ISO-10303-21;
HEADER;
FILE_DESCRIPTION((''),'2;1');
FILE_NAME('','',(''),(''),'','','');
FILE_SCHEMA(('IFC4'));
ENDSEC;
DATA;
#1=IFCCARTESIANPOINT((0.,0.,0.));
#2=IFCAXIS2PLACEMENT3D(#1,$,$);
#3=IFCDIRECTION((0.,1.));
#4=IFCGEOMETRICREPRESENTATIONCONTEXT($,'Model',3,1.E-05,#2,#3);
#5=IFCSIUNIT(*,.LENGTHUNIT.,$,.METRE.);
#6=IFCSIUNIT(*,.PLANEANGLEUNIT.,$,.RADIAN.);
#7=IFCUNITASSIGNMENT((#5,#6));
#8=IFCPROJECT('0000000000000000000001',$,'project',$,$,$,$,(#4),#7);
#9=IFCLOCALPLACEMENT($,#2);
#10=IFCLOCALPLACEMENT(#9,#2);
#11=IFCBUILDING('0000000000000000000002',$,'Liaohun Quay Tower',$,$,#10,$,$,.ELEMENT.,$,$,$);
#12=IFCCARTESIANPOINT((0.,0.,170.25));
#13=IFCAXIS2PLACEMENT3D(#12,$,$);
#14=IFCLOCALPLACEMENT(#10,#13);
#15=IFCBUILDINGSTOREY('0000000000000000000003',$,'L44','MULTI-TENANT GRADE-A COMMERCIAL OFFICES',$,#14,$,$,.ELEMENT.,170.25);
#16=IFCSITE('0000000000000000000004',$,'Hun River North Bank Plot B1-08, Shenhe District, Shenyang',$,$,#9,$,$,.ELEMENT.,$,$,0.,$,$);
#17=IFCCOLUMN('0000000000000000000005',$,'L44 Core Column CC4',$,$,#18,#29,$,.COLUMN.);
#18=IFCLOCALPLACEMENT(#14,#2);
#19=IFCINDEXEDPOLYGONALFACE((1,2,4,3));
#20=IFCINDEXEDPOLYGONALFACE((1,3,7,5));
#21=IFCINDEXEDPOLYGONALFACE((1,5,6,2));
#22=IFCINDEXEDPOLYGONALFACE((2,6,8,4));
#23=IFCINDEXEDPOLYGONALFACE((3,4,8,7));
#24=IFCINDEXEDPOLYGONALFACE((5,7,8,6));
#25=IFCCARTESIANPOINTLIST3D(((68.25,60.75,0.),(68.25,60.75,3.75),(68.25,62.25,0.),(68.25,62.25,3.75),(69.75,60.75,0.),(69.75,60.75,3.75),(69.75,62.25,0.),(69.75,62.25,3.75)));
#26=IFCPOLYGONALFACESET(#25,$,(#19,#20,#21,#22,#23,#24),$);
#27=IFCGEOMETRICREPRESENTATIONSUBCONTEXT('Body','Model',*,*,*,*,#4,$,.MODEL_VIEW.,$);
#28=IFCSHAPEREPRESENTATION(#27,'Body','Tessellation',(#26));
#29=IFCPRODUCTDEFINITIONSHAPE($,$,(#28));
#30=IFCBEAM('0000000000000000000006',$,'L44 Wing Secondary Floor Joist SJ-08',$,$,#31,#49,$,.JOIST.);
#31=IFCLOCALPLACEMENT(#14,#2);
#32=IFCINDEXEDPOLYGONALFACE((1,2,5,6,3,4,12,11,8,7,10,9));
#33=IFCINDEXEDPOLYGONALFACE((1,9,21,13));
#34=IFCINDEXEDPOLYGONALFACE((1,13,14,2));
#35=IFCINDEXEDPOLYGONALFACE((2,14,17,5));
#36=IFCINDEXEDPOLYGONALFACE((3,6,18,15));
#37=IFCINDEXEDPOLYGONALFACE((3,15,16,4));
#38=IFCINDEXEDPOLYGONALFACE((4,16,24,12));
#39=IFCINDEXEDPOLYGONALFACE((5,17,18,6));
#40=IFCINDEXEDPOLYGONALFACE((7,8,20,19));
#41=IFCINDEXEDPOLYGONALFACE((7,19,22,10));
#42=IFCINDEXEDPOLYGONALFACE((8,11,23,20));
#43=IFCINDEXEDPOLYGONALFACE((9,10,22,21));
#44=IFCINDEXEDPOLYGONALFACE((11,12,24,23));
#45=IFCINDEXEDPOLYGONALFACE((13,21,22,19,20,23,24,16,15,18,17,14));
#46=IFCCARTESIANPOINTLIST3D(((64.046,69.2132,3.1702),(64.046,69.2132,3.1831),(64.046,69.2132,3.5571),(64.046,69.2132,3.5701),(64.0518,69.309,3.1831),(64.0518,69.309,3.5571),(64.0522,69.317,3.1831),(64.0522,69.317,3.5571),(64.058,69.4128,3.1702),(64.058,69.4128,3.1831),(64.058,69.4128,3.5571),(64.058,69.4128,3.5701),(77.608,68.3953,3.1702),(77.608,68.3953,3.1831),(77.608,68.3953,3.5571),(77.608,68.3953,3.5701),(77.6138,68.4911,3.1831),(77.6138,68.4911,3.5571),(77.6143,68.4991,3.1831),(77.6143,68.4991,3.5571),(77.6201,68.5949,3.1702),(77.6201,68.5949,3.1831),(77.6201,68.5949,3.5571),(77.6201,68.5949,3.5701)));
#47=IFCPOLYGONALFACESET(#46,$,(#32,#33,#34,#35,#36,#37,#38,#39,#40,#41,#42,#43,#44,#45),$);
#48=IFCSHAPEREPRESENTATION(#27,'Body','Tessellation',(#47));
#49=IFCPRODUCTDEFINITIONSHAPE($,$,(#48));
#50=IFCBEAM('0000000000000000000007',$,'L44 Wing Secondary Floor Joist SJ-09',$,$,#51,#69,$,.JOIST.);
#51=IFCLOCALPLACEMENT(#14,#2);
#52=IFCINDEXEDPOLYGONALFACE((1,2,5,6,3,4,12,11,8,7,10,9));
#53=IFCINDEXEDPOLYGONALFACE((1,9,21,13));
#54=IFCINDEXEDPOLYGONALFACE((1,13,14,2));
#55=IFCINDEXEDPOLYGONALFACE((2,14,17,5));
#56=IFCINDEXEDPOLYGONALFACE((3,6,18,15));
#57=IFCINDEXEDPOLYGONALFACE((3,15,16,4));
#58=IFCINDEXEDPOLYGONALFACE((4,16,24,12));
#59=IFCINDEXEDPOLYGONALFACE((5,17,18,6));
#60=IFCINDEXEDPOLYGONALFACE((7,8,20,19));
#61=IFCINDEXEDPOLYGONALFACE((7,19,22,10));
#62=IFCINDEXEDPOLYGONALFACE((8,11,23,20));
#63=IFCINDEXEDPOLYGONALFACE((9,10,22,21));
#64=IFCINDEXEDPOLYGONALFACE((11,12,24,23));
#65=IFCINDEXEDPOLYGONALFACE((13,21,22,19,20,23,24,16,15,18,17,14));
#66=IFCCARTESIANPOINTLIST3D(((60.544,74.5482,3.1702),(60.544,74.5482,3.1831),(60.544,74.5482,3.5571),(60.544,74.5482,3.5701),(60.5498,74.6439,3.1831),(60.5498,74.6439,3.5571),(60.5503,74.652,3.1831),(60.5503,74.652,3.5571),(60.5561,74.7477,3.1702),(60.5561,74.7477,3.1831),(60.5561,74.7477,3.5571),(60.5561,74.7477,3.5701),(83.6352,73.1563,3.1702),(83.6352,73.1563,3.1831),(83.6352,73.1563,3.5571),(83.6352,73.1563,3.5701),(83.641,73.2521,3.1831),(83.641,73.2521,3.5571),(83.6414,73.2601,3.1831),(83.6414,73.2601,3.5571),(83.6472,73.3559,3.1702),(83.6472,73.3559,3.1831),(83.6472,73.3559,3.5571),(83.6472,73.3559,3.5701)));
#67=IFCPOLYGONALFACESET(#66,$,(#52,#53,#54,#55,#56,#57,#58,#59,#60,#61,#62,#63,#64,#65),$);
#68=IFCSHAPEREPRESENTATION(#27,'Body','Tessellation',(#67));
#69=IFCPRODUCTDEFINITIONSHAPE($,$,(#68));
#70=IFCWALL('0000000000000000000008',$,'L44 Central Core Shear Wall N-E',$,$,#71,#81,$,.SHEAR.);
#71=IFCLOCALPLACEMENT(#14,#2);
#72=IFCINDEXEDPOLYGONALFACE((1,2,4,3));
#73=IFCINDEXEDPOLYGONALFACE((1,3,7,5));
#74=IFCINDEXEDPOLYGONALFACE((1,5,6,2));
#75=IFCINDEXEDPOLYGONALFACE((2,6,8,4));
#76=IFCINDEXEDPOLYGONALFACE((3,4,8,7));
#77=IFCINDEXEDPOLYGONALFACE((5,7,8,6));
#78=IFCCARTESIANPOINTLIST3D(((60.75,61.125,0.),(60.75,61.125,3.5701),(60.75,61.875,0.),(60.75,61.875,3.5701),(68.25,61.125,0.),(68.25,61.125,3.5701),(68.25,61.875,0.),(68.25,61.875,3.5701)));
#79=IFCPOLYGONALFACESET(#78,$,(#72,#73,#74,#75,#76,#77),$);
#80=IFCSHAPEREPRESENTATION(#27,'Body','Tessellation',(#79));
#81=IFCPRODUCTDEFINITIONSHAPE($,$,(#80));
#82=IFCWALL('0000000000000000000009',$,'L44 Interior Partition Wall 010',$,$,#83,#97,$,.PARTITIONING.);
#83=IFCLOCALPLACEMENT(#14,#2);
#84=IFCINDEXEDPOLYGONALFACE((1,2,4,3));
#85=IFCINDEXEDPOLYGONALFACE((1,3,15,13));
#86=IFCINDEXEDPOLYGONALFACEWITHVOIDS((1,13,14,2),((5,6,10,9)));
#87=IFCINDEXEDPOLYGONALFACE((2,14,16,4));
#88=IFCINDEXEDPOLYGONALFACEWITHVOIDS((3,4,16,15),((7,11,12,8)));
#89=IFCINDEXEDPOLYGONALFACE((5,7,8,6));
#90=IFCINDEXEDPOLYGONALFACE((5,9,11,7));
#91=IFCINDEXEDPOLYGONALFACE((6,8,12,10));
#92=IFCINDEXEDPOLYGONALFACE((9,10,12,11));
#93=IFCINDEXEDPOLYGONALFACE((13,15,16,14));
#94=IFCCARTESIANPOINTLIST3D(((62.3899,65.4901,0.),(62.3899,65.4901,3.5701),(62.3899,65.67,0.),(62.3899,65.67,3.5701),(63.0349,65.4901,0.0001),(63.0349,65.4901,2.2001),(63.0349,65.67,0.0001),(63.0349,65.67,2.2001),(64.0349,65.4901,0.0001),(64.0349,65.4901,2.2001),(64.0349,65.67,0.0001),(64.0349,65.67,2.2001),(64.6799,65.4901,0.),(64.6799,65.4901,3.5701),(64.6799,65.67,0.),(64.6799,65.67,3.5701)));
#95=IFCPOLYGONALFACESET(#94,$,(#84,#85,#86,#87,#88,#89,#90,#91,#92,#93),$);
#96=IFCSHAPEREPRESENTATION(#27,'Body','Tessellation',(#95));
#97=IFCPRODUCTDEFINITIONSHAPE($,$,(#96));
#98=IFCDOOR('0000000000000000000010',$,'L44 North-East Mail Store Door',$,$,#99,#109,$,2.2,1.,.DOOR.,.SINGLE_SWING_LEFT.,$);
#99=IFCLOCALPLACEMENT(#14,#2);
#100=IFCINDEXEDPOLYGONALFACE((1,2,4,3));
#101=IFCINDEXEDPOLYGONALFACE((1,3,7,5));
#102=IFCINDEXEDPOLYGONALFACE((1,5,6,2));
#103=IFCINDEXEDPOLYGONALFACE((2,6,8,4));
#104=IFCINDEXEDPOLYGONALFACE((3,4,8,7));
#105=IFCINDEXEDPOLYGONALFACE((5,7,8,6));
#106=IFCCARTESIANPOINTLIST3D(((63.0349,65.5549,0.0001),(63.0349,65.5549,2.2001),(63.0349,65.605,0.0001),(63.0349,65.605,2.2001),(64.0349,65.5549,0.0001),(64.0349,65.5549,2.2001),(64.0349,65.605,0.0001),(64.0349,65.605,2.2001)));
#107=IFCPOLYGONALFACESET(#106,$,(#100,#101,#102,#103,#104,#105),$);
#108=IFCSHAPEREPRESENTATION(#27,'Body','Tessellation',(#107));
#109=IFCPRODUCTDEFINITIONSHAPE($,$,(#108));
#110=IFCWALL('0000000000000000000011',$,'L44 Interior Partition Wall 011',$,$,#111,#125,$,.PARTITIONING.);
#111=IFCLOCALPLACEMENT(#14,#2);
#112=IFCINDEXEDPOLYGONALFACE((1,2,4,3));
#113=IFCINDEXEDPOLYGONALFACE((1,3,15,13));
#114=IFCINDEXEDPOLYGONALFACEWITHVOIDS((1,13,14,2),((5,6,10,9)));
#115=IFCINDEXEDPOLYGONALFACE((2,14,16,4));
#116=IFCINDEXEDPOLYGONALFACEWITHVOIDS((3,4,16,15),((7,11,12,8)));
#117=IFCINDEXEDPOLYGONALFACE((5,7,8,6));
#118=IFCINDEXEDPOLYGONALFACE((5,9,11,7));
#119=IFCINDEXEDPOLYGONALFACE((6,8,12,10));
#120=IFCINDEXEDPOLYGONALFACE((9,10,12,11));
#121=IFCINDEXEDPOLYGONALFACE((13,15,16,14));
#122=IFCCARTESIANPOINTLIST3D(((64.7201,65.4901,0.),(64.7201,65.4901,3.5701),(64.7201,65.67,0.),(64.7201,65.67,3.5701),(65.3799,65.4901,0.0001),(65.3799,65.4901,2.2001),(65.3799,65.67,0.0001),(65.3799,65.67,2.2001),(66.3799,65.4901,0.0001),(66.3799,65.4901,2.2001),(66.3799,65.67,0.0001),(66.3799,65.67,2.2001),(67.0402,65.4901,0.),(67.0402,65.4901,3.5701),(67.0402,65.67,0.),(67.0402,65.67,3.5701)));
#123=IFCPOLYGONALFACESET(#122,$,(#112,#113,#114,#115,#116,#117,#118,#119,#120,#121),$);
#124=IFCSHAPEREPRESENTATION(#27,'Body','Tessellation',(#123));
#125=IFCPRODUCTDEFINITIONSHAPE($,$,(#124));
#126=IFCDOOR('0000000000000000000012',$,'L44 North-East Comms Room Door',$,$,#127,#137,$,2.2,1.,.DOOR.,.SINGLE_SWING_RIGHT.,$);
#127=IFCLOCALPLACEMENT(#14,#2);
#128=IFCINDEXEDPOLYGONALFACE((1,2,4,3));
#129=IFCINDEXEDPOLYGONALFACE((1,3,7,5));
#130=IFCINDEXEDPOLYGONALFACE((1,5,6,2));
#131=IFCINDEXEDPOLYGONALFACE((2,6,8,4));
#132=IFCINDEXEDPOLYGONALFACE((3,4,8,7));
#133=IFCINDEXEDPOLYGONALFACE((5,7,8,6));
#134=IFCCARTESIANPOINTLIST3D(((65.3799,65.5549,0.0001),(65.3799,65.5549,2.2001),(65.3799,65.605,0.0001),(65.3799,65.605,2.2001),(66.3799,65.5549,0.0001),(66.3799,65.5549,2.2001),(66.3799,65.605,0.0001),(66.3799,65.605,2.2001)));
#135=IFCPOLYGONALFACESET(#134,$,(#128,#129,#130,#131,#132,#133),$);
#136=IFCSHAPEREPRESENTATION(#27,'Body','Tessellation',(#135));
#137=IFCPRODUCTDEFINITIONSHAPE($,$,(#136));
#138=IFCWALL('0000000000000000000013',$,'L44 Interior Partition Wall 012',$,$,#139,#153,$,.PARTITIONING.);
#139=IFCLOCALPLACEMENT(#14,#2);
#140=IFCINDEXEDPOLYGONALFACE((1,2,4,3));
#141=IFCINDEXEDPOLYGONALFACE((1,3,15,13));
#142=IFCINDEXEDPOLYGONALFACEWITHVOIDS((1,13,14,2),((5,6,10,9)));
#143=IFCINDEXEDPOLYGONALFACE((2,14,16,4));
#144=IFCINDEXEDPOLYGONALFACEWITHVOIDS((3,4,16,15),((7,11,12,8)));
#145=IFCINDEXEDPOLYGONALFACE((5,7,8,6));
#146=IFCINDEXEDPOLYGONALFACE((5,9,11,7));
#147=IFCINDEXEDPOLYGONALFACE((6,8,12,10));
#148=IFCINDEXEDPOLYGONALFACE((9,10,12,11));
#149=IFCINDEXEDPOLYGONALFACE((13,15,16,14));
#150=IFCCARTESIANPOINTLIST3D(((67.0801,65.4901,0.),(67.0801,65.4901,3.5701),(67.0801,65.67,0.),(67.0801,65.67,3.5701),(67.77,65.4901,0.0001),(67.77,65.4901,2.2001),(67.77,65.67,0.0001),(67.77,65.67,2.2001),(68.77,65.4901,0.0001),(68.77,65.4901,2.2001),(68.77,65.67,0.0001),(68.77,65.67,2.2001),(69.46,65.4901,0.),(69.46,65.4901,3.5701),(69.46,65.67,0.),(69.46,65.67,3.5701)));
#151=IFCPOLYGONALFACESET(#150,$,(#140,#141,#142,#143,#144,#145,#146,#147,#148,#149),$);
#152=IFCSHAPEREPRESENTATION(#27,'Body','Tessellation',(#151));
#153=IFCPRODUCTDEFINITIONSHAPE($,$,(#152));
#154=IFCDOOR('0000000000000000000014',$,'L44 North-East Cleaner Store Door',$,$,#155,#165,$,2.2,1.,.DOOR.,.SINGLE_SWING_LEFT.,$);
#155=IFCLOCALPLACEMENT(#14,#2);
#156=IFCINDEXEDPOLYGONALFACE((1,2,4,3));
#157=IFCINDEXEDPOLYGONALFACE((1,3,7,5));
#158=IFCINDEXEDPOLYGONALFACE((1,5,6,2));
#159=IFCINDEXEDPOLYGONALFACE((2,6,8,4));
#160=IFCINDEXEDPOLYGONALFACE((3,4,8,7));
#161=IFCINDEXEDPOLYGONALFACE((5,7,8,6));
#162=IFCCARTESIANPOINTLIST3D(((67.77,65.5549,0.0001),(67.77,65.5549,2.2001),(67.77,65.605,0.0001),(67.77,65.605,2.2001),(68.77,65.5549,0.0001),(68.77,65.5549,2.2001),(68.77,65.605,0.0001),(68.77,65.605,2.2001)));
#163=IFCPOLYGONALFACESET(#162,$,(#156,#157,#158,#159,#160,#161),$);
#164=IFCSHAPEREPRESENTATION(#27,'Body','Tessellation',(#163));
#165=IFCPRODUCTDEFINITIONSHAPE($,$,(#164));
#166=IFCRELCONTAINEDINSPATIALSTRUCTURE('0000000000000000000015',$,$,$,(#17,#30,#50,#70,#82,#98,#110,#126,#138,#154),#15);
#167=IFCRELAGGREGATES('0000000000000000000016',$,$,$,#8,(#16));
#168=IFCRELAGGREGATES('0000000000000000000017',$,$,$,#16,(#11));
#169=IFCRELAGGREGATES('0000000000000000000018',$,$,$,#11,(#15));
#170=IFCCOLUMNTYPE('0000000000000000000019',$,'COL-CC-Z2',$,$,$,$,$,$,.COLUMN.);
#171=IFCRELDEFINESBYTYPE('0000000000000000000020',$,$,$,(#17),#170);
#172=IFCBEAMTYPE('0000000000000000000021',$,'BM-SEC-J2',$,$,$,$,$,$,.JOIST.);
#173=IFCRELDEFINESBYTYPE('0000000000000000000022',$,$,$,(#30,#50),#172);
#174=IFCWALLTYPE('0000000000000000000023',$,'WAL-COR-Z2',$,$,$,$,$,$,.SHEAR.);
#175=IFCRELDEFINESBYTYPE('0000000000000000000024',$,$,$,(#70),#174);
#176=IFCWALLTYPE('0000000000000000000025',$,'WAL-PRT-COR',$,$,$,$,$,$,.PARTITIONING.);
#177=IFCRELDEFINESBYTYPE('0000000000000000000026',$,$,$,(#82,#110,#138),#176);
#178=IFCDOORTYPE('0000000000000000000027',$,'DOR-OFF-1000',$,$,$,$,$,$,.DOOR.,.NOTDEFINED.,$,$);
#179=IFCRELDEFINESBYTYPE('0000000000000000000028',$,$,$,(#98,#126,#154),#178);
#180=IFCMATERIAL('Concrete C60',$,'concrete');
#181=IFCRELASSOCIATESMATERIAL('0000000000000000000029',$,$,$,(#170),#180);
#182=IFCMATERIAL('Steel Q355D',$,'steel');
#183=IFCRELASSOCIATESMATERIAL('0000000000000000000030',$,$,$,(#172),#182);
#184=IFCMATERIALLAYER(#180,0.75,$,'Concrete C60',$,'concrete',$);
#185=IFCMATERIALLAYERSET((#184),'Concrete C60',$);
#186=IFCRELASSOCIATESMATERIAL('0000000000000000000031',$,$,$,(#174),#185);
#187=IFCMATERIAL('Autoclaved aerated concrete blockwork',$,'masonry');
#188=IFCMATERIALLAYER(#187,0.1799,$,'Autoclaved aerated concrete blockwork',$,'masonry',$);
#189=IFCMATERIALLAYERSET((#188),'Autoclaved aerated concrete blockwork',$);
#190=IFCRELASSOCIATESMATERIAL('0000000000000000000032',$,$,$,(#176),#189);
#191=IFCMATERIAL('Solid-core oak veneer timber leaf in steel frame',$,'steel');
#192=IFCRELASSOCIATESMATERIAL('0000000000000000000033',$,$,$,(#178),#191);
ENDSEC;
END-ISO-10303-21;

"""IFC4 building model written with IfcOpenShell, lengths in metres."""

from ifc_helpers import new_model, si_unit, direction, frame, frame_2d, origin, origin_2d, place, context, subcontext, project, spatial, rectangle, i_section, extrude, source, transform, mapped, material, layer, layer_set, material_profile, profile_set, type_object, element, fill, save


model = new_model("IFC4")

# Units and contexts
model_context = context("Model", 3, precision=1e-05, world=origin(), true_north=direction((0.0, 1.0)))
body_context = subcontext(model_context, "Body", "Model", "MODEL_VIEW")
ifc_project = project(units=[si_unit("LENGTHUNIT", "METRE"), si_unit("PLANEANGLEUNIT", "RADIAN")], contexts=[model_context])

# Site, building, storey
site_placement = place(None, origin())
site = spatial("IfcSite", under=ifc_project, at=site_placement, Name="Hun River North Bank Plot B1-08, Shenhe District, Shenyang", CompositionType="ELEMENT", RefElevation=0.0)
building_placement = place(site_placement, origin())
building = spatial("IfcBuilding", under=site, at=building_placement, Name="Liaohun Quay Tower", CompositionType="ELEMENT")
storey_placement = place(building_placement, frame((0.0, 0.0, 170.25)))
storey = spatial("IfcBuildingStorey", under=building, at=storey_placement, Name="L44", Description="MULTI-TENANT GRADE-A COMMERCIAL OFFICES", CompositionType="ELEMENT", Elevation=170.25)

# Column
ifc_material_1 = material(Name="Concrete C60", Category="concrete")
ifc_material_profile_1 = material_profile(ifc_material_1, rectangle(XDim=1.5, YDim=1.5, at=origin_2d()), Name="RC1500x1500")
ifc_profile_set_1 = profile_set([ifc_material_profile_1], Name="Concrete C60")
column_type = type_object("IfcColumnType", Name="COL-CC-Z2", PredefinedType="COLUMN", material=ifc_profile_set_1)
shared_shape_1 = source(origin(), body_context, "Body", "SweptSolid", [
    extrude(rectangle(XDim=1.5, YDim=1.5, at=origin_2d()), origin(), (0.0, 0.0, 1.0), 3.75),
])
column_placement = place(storey_placement, frame((69.0, 61.5, 0.0), z_axis=(0.0, 0.0, 1.0), x_axis=(1.0, 0.0, 0.0)))
element("IfcColumn", 1, at=column_placement, inside=storey, type_object=column_type, Name="L44 Core Column CC4", PredefinedType="COLUMN", context=body_context, shape_type="MappedRepresentation", body=[
    mapped(shared_shape_1, transform((0.0, 0.0, 0.0), x_axis=(1.0, 0.0, 0.0), y_axis=(0.0, 1.0, 0.0), z_axis=(0.0, 0.0, 1.0), scale=1.0)),
])

# Beams
ifc_material_2 = material(Name="Steel Q355D", Category="steel")
ifc_material_profile_2 = material_profile(ifc_material_2, i_section(OverallWidth=0.2, OverallDepth=0.3999, WebThickness=0.0081, FlangeThickness=0.0129, at=origin_2d()), Name="HN400x200x8x13")
ifc_profile_set_2 = profile_set([ifc_material_profile_2], Name="Steel Q355D")
beam_type = type_object("IfcBeamType", Name="BM-SEC-J2", PredefinedType="JOIST", material=ifc_profile_set_2)
shared_shape_2 = source(origin(), body_context, "Body", "SweptSolid", [
    extrude(i_section(OverallWidth=0.2, OverallDepth=0.3999, WebThickness=0.0081, FlangeThickness=0.0129, at=origin_2d()), origin(), (0.0, 0.0, 1.0), 13.5867),
])
beam_1_placement = place(storey_placement, frame((64.052, 69.313, 3.3701), z_axis=(0.998187, -0.060197, 0.0), x_axis=(0.060197, 0.998187, 0.0)))
element("IfcBeam", 2, at=beam_1_placement, inside=storey, type_object=beam_type, Name="L44 Wing Secondary Floor Joist SJ-08", PredefinedType="JOIST", context=body_context, shape_type="MappedRepresentation", body=[
    mapped(shared_shape_2, transform((0.0, 0.0, 0.0), x_axis=(1.0, 0.0, 0.0), y_axis=(0.0, 1.0, 0.0), z_axis=(0.0, 0.0, 1.0), scale=1.0)),
])
shared_shape_3 = source(origin(), body_context, "Body", "SweptSolid", [
    extrude(i_section(OverallWidth=0.2, OverallDepth=0.3999, WebThickness=0.0081, FlangeThickness=0.0129, at=origin_2d()), origin(), (0.0, 0.0, 1.0), 23.1331),
])
beam_2_placement = place(storey_placement, frame((60.55, 74.6479, 3.3701), z_axis=(0.998188, -0.060167, 0.0), x_axis=(0.060167, 0.998188, 0.0)))
element("IfcBeam", 3, at=beam_2_placement, inside=storey, type_object=beam_type, Name="L44 Wing Secondary Floor Joist SJ-09", PredefinedType="JOIST", context=body_context, shape_type="MappedRepresentation", body=[
    mapped(shared_shape_3, transform((0.0, 0.0, 0.0), x_axis=(1.0, 0.0, 0.0), y_axis=(0.0, 1.0, 0.0), z_axis=(0.0, 0.0, 1.0), scale=1.0)),
])

# Wall
ifc_layer_1 = layer(ifc_material_1, 0.75, Name="Concrete C60", Category="concrete")
ifc_layer_set_1 = layer_set([ifc_layer_1], Name="Concrete C60")
wall_type_1 = type_object("IfcWallType", Name="WAL-COR-Z2", PredefinedType="SHEAR", material=ifc_layer_set_1)
wall_1_placement = place(storey_placement, frame((60.75, 61.5, 0.0), z_axis=(0.0, 0.0, 1.0), x_axis=(1.0, 0.0, 0.0)))
element("IfcWall", 4, at=wall_1_placement, inside=storey, type_object=wall_type_1, Name="L44 Central Core Shear Wall N-E", PredefinedType="SHEAR", context=body_context, shape_type="SweptSolid", body=[
    extrude(rectangle(XDim=7.5, YDim=0.75, at=frame_2d((3.75, 0.0))), origin(), (0.0, 0.0, 1.0), 3.5701),
])

# Walls, openings, doors
ifc_material_3 = material(Name="Autoclaved aerated concrete blockwork", Category="masonry")
ifc_layer_2 = layer(ifc_material_3, 0.1799, Name="Autoclaved aerated concrete blockwork", Category="masonry")
ifc_layer_set_2 = layer_set([ifc_layer_2], Name="Autoclaved aerated concrete blockwork")
wall_type_2 = type_object("IfcWallType", Name="WAL-PRT-COR", PredefinedType="PARTITIONING", material=ifc_layer_set_2)
wall_2_placement = place(storey_placement, frame((62.3899, 65.5801, 0.0), z_axis=(0.0, 0.0, 1.0), x_axis=(1.0, 0.0, 0.0)))
wall_2 = element("IfcWall", 5, at=wall_2_placement, inside=storey, type_object=wall_type_2, Name="L44 Interior Partition Wall 010", PredefinedType="PARTITIONING", context=body_context, shape_type="SweptSolid", body=[
    extrude(rectangle(XDim=2.29, YDim=0.1799, at=frame_2d((1.145, 0.0))), origin(), (0.0, 0.0, 1.0), 3.5701),
])
shared_shape_4 = source(origin(), body_context, "Body", "SweptSolid", [
    extrude(rectangle(XDim=1.0, YDim=2.2, at=frame_2d((0.5, 1.1001))), frame((0.0, 0.0999, 0.0), z_axis=(0.0, -1.0, 0.0), x_axis=(1.0, 0.0, 0.0)), (0.0, 0.0, 1.0), 0.2),
])
opening_1_placement = place(wall_2_placement, frame((0.645, 0.0, 0.0)))
opening_1 = element("IfcOpeningElement", 6, at=opening_1_placement, cuts=wall_2, PredefinedType="OPENING", context=body_context, shape_type="MappedRepresentation", body=[
    mapped(shared_shape_4, transform((0.0, 0.0, 0.0), x_axis=(1.0, 0.0, 0.0), y_axis=(0.0, 1.0, 0.0), z_axis=(0.0, 0.0, 1.0), scale=1.0)),
])
ifc_material_4 = material(Name="Solid-core oak veneer timber leaf in steel frame", Category="steel")
door_type_1 = type_object("IfcDoorType", Name="DOR-OFF-1000", OperationType="NOTDEFINED", PredefinedType="DOOR", material=ifc_material_4)
shared_shape_5 = source(origin(), body_context, "Body", "SweptSolid", [
    extrude(rectangle(XDim=1.0, YDim=2.2, at=frame_2d((0.5, 1.1001))), frame((0.0, 0.0249, 0.0), z_axis=(0.0, -1.0, 0.0), x_axis=(1.0, 0.0, 0.0)), (0.0, 0.0, 1.0), 0.05),
])
door_1_placement = place(opening_1_placement, origin())
door_1 = element("IfcDoor", 7, at=door_1_placement, inside=storey, type_object=door_type_1, Name="L44 North-East Mail Store Door", OperationType="SINGLE_SWING_LEFT", OverallHeight=2.2, OverallWidth=1.0, PredefinedType="DOOR", context=body_context, shape_type="MappedRepresentation", body=[
    mapped(shared_shape_5, transform((0.0, 0.0, 0.0), x_axis=(1.0, 0.0, 0.0), y_axis=(0.0, 1.0, 0.0), z_axis=(0.0, 0.0, 1.0), scale=1.0)),
])
fill(opening_1, door_1)
wall_3_placement = place(storey_placement, frame((64.72, 65.5801, 0.0), z_axis=(0.0, 0.0, 1.0), x_axis=(1.0, 0.0, 0.0)))
wall_3 = element("IfcWall", 8, at=wall_3_placement, inside=storey, type_object=wall_type_2, Name="L44 Interior Partition Wall 011", PredefinedType="PARTITIONING", context=body_context, shape_type="SweptSolid", body=[
    extrude(rectangle(XDim=2.3201, YDim=0.1799, at=frame_2d((1.1602, 0.0))), origin(), (0.0, 0.0, 1.0), 3.5701),
])
opening_2_placement = place(wall_3_placement, frame((0.6599, 0.0, 0.0)))
opening_2 = element("IfcOpeningElement", 9, at=opening_2_placement, cuts=wall_3, PredefinedType="OPENING", context=body_context, shape_type="MappedRepresentation", body=[
    mapped(shared_shape_4, transform((0.0, 0.0, 0.0), x_axis=(1.0, 0.0, 0.0), y_axis=(0.0, 1.0, 0.0), z_axis=(0.0, 0.0, 1.0), scale=1.0)),
])
door_2_placement = place(opening_2_placement, origin())
door_2 = element("IfcDoor", 10, at=door_2_placement, inside=storey, type_object=door_type_1, Name="L44 North-East Comms Room Door", OperationType="SINGLE_SWING_RIGHT", OverallHeight=2.2, OverallWidth=1.0, PredefinedType="DOOR", context=body_context, shape_type="MappedRepresentation", body=[
    mapped(shared_shape_5, transform((0.0, 0.0, 0.0), x_axis=(1.0, 0.0, 0.0), y_axis=(0.0, 1.0, 0.0), z_axis=(0.0, 0.0, 1.0), scale=1.0)),
])
fill(opening_2, door_2)
wall_4_placement = place(storey_placement, frame((67.0801, 65.5801, 0.0), z_axis=(0.0, 0.0, 1.0), x_axis=(1.0, 0.0, 0.0)))
wall_4 = element("IfcWall", 11, at=wall_4_placement, inside=storey, type_object=wall_type_2, Name="L44 Interior Partition Wall 012", PredefinedType="PARTITIONING", context=body_context, shape_type="SweptSolid", body=[
    extrude(rectangle(XDim=2.3799, YDim=0.1799, at=frame_2d((1.1899, 0.0))), origin(), (0.0, 0.0, 1.0), 3.5701),
])
opening_3_placement = place(wall_4_placement, frame((0.6899, 0.0, 0.0)))
opening_3 = element("IfcOpeningElement", 12, at=opening_3_placement, cuts=wall_4, PredefinedType="OPENING", context=body_context, shape_type="MappedRepresentation", body=[
    mapped(shared_shape_4, transform((0.0, 0.0, 0.0), x_axis=(1.0, 0.0, 0.0), y_axis=(0.0, 1.0, 0.0), z_axis=(0.0, 0.0, 1.0), scale=1.0)),
])
door_3_placement = place(opening_3_placement, origin())
door_3 = element("IfcDoor", 13, at=door_3_placement, inside=storey, type_object=door_type_1, Name="L44 North-East Cleaner Store Door", OperationType="SINGLE_SWING_LEFT", OverallHeight=2.2, OverallWidth=1.0, PredefinedType="DOOR", context=body_context, shape_type="MappedRepresentation", body=[
    mapped(shared_shape_5, transform((0.0, 0.0, 0.0), x_axis=(1.0, 0.0, 0.0), y_axis=(0.0, 1.0, 0.0), z_axis=(0.0, 0.0, 1.0), scale=1.0)),
])
fill(opening_3, door_3)

save(model, "model.ifc")
